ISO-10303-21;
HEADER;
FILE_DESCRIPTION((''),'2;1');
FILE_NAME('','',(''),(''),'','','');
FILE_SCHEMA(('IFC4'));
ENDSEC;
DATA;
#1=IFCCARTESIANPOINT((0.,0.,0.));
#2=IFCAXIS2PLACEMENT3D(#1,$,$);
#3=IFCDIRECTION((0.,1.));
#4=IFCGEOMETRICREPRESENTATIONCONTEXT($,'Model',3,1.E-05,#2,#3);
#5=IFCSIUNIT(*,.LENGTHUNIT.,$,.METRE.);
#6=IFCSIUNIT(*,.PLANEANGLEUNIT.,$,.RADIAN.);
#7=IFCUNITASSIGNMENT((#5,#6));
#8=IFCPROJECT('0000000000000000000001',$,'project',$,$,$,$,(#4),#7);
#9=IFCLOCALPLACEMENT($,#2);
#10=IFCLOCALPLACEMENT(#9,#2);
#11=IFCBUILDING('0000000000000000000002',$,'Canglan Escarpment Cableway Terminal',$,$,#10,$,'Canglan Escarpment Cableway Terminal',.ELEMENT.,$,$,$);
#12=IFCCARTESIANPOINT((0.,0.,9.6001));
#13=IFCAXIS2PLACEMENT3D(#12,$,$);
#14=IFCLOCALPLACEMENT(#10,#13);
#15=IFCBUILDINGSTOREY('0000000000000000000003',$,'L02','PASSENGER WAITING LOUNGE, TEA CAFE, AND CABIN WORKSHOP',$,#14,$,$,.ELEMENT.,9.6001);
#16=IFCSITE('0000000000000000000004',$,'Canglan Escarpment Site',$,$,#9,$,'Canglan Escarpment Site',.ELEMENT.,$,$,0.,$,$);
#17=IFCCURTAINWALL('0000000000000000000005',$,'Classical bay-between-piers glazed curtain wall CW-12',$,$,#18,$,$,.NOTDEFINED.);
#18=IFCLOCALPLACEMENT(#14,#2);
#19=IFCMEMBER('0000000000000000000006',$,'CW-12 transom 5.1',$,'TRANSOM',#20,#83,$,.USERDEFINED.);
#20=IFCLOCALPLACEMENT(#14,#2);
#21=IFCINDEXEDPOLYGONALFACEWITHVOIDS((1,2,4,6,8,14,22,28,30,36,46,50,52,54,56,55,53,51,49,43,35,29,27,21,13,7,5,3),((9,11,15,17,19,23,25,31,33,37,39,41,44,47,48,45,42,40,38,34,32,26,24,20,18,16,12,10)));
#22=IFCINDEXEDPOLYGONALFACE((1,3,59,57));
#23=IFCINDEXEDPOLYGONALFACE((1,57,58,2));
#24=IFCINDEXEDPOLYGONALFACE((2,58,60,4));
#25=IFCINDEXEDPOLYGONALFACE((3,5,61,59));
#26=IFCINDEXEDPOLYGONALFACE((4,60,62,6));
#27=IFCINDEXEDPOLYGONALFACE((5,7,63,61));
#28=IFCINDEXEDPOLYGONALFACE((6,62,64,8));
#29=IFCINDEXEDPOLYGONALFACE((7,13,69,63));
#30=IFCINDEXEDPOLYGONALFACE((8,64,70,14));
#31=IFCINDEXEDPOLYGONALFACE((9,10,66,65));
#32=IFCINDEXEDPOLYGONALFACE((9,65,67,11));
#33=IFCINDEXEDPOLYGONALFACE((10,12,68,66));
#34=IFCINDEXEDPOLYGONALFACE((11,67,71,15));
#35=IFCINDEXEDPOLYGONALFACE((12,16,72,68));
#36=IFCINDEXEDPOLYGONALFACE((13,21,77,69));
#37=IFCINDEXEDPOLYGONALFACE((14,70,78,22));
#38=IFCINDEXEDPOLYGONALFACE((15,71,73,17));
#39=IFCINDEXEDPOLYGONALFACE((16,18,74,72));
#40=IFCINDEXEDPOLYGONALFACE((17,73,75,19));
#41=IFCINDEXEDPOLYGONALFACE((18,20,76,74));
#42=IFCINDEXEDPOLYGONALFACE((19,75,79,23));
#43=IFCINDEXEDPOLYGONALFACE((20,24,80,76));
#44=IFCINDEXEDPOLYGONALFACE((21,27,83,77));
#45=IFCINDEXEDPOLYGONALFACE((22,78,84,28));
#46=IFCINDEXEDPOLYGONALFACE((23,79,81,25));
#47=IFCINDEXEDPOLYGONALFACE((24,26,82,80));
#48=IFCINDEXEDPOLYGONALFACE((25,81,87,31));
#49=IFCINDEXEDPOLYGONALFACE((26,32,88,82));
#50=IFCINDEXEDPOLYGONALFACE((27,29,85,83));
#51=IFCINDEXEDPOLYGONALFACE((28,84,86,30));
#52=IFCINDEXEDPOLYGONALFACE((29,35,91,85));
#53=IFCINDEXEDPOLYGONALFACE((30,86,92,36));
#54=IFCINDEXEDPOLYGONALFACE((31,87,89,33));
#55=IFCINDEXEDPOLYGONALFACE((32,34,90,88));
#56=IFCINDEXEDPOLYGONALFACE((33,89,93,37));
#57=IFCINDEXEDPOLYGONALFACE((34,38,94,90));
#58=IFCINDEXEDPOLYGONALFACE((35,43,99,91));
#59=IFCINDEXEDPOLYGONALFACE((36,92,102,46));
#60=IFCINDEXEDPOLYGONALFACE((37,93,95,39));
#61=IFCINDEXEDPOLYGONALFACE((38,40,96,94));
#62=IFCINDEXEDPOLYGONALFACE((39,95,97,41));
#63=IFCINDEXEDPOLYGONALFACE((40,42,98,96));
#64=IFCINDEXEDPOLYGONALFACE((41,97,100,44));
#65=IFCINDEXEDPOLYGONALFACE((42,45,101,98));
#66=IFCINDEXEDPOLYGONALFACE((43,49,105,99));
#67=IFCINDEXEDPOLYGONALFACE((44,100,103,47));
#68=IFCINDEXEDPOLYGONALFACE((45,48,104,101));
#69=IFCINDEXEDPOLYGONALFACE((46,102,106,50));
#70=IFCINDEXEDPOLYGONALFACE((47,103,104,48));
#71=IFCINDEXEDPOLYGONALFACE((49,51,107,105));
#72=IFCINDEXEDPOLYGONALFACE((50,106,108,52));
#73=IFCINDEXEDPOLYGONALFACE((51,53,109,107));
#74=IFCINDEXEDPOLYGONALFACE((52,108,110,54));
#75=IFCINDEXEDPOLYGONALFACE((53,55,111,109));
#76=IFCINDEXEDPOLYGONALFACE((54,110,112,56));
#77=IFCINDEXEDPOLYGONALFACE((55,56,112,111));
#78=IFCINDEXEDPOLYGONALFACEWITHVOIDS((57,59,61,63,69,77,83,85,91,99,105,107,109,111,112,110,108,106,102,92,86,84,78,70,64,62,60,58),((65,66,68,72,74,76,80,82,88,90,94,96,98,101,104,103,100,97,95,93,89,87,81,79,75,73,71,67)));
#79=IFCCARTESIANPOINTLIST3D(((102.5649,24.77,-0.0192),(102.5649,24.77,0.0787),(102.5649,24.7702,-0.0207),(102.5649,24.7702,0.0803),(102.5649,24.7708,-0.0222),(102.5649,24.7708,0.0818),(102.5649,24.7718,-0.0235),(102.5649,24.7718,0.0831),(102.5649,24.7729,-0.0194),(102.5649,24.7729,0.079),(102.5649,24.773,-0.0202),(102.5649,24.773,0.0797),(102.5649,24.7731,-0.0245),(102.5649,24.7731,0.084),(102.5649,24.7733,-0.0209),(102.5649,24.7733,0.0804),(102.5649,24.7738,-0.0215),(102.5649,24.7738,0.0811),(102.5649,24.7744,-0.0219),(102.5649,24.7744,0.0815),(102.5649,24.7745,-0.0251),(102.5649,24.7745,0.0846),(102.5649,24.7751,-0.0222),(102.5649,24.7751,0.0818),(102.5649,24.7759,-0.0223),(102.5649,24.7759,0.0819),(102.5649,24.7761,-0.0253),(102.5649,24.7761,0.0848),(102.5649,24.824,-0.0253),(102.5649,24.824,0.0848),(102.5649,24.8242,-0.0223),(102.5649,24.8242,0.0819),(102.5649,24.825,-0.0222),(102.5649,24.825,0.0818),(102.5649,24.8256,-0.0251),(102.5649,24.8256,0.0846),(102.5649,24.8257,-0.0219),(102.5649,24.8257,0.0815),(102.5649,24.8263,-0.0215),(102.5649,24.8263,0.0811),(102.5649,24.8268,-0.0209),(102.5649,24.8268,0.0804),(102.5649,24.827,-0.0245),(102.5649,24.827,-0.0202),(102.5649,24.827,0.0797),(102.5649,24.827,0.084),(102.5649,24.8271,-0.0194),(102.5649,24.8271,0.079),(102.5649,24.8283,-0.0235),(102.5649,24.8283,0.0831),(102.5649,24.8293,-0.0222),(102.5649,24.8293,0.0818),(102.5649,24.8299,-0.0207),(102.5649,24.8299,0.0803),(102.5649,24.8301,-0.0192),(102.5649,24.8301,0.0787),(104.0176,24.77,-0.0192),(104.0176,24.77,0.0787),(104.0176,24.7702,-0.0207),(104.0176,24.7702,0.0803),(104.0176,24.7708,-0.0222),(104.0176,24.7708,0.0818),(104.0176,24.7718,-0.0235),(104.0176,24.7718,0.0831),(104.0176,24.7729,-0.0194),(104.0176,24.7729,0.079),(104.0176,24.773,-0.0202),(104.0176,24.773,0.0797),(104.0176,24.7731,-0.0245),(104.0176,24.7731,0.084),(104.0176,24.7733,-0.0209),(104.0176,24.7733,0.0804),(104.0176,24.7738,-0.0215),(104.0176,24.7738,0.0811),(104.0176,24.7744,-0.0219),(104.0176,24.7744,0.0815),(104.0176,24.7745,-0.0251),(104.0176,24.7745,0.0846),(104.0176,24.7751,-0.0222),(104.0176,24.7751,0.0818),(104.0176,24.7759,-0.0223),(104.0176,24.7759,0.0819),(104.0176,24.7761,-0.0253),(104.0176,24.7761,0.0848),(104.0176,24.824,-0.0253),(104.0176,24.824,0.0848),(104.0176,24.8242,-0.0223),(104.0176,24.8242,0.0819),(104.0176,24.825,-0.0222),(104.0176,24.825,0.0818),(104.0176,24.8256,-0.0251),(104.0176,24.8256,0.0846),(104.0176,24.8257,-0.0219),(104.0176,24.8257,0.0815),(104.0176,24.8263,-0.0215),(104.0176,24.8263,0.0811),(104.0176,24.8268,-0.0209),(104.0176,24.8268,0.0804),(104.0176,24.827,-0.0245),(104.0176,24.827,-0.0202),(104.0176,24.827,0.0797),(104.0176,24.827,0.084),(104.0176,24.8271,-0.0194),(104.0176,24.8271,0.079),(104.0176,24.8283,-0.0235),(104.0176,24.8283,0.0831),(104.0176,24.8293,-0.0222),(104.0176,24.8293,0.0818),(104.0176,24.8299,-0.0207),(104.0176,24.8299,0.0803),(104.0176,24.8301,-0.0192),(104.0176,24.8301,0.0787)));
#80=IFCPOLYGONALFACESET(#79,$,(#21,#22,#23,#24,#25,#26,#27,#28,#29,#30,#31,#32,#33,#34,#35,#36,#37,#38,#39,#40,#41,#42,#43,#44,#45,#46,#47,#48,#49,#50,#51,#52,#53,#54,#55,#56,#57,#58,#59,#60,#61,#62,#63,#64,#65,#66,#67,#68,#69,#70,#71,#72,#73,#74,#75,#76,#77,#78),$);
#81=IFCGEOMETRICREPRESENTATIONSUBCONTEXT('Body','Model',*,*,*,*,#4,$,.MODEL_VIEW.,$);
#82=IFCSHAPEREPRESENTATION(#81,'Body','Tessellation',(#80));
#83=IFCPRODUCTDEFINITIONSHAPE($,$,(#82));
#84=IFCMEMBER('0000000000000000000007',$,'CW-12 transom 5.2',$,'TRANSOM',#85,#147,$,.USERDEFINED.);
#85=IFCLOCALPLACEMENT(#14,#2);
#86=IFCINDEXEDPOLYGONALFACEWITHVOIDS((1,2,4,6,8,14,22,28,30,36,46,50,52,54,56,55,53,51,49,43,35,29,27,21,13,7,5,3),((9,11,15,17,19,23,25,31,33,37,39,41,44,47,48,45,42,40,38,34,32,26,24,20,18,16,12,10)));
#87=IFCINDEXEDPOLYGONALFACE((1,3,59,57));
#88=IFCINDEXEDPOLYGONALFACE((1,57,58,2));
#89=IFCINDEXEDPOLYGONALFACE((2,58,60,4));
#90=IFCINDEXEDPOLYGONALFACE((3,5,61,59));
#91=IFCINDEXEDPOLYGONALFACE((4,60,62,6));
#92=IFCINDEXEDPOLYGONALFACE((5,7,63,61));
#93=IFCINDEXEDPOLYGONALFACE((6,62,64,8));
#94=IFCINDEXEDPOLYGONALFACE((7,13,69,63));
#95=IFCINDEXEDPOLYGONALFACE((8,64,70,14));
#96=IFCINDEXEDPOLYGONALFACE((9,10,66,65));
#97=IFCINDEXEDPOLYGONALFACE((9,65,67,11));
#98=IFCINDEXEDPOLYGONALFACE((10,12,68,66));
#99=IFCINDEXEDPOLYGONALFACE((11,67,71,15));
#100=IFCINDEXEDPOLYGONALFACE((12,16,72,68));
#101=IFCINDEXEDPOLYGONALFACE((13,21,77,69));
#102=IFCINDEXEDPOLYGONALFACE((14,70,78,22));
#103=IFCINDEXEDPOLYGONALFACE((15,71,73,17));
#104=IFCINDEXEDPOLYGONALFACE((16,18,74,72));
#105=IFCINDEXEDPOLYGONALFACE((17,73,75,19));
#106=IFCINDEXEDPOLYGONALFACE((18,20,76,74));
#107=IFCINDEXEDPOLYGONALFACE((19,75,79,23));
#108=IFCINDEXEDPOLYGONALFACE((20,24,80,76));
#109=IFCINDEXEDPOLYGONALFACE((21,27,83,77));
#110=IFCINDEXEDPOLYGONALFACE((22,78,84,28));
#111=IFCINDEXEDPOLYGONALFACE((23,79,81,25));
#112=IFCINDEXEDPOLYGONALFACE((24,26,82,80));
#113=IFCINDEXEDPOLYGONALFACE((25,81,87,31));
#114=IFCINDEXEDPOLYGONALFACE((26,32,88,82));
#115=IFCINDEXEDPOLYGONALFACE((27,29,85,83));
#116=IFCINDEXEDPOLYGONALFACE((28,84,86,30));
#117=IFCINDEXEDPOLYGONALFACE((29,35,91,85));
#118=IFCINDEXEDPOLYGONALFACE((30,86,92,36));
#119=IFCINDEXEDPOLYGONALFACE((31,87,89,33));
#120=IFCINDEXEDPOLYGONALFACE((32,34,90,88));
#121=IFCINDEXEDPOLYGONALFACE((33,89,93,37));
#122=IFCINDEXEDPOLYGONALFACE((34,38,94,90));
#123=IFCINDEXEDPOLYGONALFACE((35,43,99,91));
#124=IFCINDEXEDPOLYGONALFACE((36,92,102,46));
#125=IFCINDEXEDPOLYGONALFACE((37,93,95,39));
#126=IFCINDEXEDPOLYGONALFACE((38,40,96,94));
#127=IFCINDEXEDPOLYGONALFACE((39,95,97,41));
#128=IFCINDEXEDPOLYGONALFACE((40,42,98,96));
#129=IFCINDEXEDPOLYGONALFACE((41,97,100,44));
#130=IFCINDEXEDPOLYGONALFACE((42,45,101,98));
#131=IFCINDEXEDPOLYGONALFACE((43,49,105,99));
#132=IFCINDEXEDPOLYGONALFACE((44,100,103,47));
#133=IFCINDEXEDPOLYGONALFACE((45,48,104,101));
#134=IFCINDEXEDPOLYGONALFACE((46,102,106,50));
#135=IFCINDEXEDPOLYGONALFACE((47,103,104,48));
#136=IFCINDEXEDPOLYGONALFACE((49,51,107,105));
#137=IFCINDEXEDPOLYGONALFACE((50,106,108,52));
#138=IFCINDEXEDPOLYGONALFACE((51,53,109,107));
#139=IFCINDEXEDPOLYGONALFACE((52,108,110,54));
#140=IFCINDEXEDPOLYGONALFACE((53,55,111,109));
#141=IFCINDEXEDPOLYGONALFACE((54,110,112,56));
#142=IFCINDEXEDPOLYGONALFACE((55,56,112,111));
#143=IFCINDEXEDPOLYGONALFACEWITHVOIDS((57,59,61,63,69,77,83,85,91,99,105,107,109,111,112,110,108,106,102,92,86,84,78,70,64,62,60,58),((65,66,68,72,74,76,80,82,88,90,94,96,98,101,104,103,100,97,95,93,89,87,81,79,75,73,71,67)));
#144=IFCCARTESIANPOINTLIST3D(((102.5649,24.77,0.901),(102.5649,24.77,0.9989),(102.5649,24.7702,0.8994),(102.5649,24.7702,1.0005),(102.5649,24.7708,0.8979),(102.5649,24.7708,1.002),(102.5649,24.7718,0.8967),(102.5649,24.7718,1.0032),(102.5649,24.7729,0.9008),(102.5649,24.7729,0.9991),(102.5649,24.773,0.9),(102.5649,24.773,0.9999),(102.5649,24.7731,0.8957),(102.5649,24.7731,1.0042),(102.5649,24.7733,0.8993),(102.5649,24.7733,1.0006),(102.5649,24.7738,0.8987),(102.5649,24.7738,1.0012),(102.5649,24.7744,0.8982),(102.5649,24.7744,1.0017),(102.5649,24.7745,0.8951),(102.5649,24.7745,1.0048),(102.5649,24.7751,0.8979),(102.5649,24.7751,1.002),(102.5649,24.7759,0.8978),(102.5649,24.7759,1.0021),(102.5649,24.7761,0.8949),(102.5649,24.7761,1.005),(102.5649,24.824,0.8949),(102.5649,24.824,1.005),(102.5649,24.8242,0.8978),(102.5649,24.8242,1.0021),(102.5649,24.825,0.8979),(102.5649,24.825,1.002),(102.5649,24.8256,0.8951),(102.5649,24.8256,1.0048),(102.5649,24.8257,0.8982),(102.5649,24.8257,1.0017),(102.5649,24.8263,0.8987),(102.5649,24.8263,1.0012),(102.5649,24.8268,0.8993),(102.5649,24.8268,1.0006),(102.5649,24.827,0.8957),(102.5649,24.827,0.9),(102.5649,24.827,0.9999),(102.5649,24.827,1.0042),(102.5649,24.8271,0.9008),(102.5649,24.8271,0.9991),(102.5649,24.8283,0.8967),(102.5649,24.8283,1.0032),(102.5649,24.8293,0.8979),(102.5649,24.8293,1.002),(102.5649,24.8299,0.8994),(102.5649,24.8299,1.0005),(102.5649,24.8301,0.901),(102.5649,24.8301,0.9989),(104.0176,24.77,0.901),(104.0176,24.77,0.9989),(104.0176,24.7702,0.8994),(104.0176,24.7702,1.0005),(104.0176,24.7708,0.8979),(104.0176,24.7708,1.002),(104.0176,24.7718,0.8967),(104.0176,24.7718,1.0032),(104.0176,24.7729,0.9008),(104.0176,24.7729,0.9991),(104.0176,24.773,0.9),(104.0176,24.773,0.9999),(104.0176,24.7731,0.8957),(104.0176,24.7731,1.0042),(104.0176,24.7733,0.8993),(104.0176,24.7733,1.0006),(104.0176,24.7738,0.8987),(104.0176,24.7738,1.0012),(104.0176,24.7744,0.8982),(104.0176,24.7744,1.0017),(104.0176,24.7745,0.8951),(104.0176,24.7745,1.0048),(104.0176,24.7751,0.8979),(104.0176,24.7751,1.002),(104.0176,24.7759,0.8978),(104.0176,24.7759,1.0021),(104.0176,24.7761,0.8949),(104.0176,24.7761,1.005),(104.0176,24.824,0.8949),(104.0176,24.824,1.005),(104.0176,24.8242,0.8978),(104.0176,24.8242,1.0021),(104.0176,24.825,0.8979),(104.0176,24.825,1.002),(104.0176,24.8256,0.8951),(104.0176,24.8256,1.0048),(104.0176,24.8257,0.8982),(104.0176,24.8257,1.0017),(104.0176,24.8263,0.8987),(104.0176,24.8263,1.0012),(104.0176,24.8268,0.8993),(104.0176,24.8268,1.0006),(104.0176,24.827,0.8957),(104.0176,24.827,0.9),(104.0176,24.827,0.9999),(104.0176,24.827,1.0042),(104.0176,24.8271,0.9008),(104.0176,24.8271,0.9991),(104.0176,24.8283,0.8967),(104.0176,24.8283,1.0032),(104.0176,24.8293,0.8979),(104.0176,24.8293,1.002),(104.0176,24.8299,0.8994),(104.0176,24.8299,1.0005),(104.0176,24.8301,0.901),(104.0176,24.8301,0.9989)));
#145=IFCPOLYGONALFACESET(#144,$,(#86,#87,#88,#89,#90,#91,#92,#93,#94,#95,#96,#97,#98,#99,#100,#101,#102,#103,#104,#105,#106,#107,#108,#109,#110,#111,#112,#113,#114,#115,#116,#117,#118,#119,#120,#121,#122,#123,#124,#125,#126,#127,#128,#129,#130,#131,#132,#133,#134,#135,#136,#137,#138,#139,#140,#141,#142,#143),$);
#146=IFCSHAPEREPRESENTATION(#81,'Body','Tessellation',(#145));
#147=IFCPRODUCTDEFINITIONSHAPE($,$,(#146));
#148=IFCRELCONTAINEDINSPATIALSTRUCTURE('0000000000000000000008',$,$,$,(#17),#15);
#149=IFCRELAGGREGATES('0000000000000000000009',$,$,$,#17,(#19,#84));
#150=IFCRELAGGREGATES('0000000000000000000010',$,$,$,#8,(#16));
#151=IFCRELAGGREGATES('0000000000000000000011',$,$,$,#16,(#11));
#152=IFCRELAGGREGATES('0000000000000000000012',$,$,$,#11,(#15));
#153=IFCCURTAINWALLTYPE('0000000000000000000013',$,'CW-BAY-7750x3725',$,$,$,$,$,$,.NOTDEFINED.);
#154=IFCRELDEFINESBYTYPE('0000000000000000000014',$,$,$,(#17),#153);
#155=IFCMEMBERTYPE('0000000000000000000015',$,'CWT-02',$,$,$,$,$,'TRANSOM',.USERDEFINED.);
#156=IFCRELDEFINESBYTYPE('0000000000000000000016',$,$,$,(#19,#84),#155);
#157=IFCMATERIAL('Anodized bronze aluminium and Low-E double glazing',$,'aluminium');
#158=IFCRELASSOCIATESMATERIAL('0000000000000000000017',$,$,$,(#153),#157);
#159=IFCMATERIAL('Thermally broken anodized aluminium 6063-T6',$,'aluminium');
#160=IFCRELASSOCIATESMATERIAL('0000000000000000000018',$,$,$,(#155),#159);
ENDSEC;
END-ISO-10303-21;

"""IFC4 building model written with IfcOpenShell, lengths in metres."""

from ifc_helpers import new_model, si_unit, direction, frame, origin, origin_2d, place, context, subcontext, project, spatial, hollow_rectangle, extrude, material, material_profile, profile_set, type_object, element, aggregate, save


model = new_model("IFC4")

# Units and contexts
model_context = context("Model", 3, precision=1e-05, world=origin(), true_north=direction((0.0, 1.0)))
body_context = subcontext(model_context, "Body", "Model", "MODEL_VIEW")
ifc_project = project(units=[si_unit("LENGTHUNIT", "METRE"), si_unit("PLANEANGLEUNIT", "RADIAN")], contexts=[model_context])

# Site, building, storey
site_placement = place(None, origin())
site = spatial("IfcSite", under=ifc_project, at=site_placement, Name="Canglan Escarpment Site", LongName="Canglan Escarpment Site", CompositionType="ELEMENT", RefElevation=0.0)
building_placement = place(site_placement, origin())
building = spatial("IfcBuilding", under=site, at=building_placement, Name="Canglan Escarpment Cableway Terminal", LongName="Canglan Escarpment Cableway Terminal", CompositionType="ELEMENT")
storey_placement = place(building_placement, frame((0.0, 0.0, 9.6001)))
storey = spatial("IfcBuildingStorey", under=building, at=storey_placement, Name="L02", Description="PASSENGER WAITING LOUNGE, TEA CAFE, AND CABIN WORKSHOP", CompositionType="ELEMENT", Elevation=9.6001)

# Curtain wall
ifc_material_1 = material(Name="Anodized bronze aluminium and Low-E double glazing", Category="aluminium")
curtain_wall_type = type_object("IfcCurtainWallType", Name="CW-BAY-7750x3725", PredefinedType="NOTDEFINED", material=ifc_material_1)
ifc_material_2 = material(Name="Thermally broken anodized aluminium 6063-T6", Category="aluminium")
curtain_wall_1_placement = place(storey_placement, origin())
curtain_wall_1 = element("IfcCurtainWall", 1, at=curtain_wall_1_placement, inside=storey, type_object=curtain_wall_type, Name="Classical bay-between-piers glazed curtain wall CW-12", PredefinedType="NOTDEFINED")

# Members
ifc_material_profile_1 = material_profile(ifc_material_2, hollow_rectangle(XDim=0.0601, YDim=0.1101, WallThickness=0.0029, InnerFilletRadius=0.0029, OuterFilletRadius=0.0061, at=origin_2d()), Name="ALU-TRAN 60x110x3")
ifc_profile_set_1 = profile_set([ifc_material_profile_1], Name="Thermally broken anodized aluminium 6063-T6")
member_type_1 = type_object("IfcMemberType", Name="CWT-02", ElementType="TRANSOM", PredefinedType="USERDEFINED", material=ifc_profile_set_1)
member_1_placement = place(storey_placement, frame((104.0176, 24.8, 0.0298), z_axis=(-1.0, 0.0, 0.0), x_axis=(0.0, -1.0, 0.0)))
member_1 = element("IfcMember", 2, at=member_1_placement, type_object=member_type_1, Name="CW-12 transom 5.1", ObjectType="TRANSOM", PredefinedType="USERDEFINED", context=body_context, shape_type="SweptSolid", body=[
    extrude(hollow_rectangle(XDim=0.0601, YDim=0.1101, WallThickness=0.0029, InnerFilletRadius=0.0029, OuterFilletRadius=0.0061, at=origin_2d()), origin(), (0.0, 0.0, 1.0), 1.4526),
])
member_2_placement = place(storey_placement, frame((104.0176, 24.8, 0.95), z_axis=(-1.0, 0.0, 0.0), x_axis=(0.0, -1.0, 0.0)))
member_2 = element("IfcMember", 3, at=member_2_placement, type_object=member_type_1, Name="CW-12 transom 5.2", ObjectType="TRANSOM", PredefinedType="USERDEFINED", context=body_context, shape_type="SweptSolid", body=[
    extrude(hollow_rectangle(XDim=0.0601, YDim=0.1101, WallThickness=0.0029, InnerFilletRadius=0.0029, OuterFilletRadius=0.0061, at=origin_2d()), origin(), (0.0, 0.0, 1.0), 1.4526),
])

aggregate(curtain_wall_1, [member_1, member_2])

save(model, "model.ifc")
